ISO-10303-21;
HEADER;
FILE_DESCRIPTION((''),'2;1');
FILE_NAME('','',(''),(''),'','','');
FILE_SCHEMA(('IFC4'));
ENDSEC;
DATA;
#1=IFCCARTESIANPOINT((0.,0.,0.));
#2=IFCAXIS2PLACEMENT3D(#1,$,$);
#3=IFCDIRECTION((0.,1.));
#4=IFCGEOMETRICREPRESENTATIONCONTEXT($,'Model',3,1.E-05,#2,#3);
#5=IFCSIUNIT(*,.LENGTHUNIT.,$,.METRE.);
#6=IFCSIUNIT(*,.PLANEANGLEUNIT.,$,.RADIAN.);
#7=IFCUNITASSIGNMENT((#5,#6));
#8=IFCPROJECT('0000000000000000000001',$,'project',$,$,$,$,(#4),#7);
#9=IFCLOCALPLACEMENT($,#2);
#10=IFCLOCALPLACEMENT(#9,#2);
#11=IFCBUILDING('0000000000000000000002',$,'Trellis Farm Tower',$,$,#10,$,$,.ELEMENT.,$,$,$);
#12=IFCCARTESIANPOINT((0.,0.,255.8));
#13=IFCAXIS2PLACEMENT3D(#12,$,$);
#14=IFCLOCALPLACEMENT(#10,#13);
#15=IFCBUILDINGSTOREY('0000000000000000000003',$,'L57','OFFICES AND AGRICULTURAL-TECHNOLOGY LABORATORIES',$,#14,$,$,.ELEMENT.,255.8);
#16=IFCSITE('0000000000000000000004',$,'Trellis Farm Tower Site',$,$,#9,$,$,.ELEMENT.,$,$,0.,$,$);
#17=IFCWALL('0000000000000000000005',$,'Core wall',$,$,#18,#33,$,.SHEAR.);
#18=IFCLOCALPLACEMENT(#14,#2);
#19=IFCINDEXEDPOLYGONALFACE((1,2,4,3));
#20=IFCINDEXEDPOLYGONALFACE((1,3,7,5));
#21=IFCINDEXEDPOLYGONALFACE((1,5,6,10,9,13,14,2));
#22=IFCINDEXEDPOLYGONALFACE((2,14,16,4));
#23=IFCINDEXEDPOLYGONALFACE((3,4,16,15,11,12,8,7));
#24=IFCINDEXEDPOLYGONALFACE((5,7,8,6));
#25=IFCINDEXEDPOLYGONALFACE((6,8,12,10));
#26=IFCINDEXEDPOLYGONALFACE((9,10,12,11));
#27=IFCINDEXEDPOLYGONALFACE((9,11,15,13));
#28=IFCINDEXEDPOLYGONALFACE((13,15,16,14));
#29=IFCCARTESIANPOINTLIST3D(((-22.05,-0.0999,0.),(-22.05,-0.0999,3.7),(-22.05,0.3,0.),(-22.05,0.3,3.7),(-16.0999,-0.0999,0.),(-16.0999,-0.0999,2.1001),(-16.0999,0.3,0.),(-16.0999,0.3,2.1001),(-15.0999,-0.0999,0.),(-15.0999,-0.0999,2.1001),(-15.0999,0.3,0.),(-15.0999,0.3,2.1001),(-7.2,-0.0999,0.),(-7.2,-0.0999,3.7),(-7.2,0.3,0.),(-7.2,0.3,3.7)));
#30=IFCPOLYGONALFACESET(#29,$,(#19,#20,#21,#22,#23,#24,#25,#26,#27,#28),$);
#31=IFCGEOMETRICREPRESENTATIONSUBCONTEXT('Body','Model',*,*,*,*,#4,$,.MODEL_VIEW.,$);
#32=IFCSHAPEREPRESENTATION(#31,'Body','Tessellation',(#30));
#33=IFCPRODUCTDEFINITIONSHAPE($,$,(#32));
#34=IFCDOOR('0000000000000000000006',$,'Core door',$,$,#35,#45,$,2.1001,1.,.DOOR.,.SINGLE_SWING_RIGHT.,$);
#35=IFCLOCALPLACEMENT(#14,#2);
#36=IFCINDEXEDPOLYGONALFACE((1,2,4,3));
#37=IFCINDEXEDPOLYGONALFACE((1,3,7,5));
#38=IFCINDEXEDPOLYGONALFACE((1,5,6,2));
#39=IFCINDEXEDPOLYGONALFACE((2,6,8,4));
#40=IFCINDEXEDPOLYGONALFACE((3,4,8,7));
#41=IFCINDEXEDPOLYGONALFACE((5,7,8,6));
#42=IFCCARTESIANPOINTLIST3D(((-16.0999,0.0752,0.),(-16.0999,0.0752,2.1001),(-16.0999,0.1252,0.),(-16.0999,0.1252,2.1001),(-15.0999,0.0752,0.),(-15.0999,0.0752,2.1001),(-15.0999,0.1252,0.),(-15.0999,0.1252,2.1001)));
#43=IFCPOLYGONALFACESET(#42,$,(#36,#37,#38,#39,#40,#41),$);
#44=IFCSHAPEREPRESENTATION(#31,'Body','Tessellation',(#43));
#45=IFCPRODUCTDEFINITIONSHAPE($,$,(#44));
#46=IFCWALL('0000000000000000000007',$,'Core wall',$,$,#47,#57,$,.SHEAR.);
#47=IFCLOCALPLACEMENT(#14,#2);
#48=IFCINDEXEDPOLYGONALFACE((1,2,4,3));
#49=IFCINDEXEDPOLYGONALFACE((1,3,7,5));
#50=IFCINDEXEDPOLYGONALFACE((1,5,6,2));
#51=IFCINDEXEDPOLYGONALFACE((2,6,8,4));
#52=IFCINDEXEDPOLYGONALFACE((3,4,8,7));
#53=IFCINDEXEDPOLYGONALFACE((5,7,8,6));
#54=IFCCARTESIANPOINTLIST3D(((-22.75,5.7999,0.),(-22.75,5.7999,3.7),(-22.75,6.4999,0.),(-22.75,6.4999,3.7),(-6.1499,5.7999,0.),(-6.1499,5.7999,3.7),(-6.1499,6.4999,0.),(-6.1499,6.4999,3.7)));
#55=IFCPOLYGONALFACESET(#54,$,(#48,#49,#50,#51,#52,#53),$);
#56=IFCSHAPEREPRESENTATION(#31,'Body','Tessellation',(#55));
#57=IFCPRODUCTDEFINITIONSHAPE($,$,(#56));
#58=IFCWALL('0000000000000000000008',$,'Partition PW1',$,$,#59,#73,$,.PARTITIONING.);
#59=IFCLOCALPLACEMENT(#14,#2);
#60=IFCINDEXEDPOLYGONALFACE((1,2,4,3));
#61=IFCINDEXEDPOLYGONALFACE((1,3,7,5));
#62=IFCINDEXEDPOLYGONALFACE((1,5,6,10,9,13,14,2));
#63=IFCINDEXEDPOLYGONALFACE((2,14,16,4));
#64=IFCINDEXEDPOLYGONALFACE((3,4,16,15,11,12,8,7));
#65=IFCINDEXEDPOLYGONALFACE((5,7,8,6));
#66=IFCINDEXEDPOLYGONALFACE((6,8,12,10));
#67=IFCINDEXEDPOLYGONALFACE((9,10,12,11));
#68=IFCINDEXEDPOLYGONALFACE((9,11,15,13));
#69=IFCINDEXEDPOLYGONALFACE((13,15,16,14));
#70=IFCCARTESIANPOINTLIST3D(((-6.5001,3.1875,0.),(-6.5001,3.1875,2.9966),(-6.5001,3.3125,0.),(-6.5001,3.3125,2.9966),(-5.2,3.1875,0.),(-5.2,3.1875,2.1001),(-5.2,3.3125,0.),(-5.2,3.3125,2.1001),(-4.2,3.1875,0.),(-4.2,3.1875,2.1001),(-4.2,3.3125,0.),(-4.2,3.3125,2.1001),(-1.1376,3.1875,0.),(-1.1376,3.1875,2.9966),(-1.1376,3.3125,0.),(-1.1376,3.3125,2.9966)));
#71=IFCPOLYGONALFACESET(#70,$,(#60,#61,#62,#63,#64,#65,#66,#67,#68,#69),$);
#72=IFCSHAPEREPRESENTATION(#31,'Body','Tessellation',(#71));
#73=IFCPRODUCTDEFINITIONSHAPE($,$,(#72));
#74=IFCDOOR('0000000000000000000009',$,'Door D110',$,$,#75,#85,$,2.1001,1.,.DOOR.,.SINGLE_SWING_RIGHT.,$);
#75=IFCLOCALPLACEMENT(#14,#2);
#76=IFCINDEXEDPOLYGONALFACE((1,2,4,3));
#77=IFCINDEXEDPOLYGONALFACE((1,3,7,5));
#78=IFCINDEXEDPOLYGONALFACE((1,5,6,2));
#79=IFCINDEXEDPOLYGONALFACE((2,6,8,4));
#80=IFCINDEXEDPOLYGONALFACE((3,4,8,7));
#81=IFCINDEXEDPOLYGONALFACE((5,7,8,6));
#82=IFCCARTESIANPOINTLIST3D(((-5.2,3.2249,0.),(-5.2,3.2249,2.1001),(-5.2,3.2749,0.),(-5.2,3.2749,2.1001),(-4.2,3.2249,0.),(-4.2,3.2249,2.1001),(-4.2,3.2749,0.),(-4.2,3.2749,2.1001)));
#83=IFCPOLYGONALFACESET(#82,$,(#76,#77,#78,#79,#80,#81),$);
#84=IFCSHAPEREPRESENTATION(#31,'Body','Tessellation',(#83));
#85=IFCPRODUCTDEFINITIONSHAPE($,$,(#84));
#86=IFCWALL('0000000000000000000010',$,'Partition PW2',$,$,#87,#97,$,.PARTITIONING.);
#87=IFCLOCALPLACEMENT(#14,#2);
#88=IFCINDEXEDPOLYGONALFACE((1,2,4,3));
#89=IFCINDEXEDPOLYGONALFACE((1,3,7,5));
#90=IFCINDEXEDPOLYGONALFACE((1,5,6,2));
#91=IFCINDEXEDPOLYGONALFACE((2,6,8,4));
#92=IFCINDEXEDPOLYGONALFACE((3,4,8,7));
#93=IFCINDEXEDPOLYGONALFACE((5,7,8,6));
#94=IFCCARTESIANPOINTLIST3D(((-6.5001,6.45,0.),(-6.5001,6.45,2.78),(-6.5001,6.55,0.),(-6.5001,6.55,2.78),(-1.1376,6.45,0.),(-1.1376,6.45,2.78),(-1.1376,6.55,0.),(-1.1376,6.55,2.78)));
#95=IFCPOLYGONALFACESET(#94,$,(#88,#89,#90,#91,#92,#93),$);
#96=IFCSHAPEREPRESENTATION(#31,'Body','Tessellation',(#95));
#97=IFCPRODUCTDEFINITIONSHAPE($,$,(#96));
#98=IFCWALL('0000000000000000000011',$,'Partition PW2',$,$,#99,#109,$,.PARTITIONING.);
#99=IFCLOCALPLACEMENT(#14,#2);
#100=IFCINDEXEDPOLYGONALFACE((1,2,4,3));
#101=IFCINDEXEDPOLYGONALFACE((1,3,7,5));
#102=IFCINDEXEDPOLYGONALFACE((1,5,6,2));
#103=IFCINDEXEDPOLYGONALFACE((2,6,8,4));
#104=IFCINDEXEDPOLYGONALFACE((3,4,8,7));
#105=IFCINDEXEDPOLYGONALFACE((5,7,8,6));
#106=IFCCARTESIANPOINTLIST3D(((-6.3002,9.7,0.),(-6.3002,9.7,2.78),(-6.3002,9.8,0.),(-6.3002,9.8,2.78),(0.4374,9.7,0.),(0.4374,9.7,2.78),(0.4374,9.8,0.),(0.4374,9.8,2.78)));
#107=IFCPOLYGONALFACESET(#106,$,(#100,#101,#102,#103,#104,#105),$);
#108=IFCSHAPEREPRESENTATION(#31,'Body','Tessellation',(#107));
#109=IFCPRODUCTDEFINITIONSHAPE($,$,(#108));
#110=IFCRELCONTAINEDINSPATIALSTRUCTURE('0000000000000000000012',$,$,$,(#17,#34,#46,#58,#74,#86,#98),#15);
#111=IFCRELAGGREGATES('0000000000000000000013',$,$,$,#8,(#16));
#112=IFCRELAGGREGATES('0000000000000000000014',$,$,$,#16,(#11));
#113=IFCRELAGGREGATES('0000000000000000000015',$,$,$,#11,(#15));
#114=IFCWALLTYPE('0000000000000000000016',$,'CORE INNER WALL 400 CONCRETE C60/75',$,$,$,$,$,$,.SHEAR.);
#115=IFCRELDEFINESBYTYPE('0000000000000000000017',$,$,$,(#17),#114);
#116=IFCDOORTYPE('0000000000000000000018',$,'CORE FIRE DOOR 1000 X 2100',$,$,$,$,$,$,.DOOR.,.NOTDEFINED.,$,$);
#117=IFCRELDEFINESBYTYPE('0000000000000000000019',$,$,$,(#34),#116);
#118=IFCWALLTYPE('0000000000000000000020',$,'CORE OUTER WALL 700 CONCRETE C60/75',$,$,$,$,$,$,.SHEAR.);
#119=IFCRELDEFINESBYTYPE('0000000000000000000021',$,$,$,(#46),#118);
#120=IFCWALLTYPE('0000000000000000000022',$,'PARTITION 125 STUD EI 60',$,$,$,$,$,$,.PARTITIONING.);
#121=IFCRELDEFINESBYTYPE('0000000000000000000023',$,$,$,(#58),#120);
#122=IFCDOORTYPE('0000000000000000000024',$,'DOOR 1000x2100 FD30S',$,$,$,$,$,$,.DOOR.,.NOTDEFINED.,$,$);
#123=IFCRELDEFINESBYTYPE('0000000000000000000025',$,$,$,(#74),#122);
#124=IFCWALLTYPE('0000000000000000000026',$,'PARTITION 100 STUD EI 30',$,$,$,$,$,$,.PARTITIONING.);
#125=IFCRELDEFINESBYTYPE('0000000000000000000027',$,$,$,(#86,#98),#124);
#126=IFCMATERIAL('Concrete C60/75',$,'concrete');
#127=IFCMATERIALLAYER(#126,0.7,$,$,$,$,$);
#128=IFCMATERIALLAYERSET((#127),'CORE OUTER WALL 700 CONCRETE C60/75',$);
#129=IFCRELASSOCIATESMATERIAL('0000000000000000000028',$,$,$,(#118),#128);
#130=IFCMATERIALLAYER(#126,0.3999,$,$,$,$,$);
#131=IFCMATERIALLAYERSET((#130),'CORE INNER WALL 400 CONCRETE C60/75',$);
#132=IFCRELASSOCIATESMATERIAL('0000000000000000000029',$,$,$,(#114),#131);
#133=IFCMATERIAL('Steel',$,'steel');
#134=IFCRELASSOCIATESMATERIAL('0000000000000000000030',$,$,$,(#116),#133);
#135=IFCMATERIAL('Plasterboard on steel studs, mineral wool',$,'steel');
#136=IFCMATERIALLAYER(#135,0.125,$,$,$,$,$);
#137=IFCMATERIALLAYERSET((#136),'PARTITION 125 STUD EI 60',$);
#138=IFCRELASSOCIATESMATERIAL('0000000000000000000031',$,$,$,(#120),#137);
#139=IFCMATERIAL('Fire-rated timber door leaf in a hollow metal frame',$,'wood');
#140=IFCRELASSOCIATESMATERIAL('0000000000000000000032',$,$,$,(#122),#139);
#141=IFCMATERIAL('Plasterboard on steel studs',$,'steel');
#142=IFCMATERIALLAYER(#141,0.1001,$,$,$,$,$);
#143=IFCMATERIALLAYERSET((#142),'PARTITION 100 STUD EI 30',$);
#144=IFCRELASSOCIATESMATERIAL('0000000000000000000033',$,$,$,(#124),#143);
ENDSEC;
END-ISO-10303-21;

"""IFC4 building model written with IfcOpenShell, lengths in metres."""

from ifc_helpers import new_model, si_unit, direction, frame, frame_2d, origin, place, context, subcontext, project, spatial, rectangle, extrude, source, transform, mapped, material, layer, layer_set, type_object, element, fill, save


model = new_model("IFC4")

# Units and contexts
model_context = context("Model", 3, precision=1e-05, world=origin(), true_north=direction((0.0, 1.0)))
body_context = subcontext(model_context, "Body", "Model", "MODEL_VIEW")
ifc_project = project(units=[si_unit("LENGTHUNIT", "METRE"), si_unit("PLANEANGLEUNIT", "RADIAN")], contexts=[model_context])

# Site, building, storey
site_placement = place(None, origin())
site = spatial("IfcSite", under=ifc_project, at=site_placement, Name="Trellis Farm Tower Site", CompositionType="ELEMENT", RefElevation=0.0)
building_placement = place(site_placement, origin())
building = spatial("IfcBuilding", under=site, at=building_placement, Name="Trellis Farm Tower", CompositionType="ELEMENT")
storey_placement = place(building_placement, frame((0.0, 0.0, 255.8)))
storey = spatial("IfcBuildingStorey", under=building, at=storey_placement, Name="L57", Description="OFFICES AND AGRICULTURAL-TECHNOLOGY LABORATORIES", CompositionType="ELEMENT", Elevation=255.8)

# Shared definitions
ifc_material_1 = material(Name="Concrete C60/75", Category="concrete")

# Shared definitions
ifc_layer_1 = layer(ifc_material_1, 0.7)
ifc_layer_set_1 = layer_set([ifc_layer_1], Name="CORE OUTER WALL 700 CONCRETE C60/75")
wall_type_1 = type_object("IfcWallType", Name="CORE OUTER WALL 700 CONCRETE C60/75", PredefinedType="SHEAR", material=ifc_layer_set_1)
ifc_material_2 = material(Name="Steel", Category="steel")

# Shared definitions
ifc_layer_2 = layer(ifc_material_1, 0.3999)
ifc_layer_set_2 = layer_set([ifc_layer_2], Name="CORE INNER WALL 400 CONCRETE C60/75")
wall_type_2 = type_object("IfcWallType", Name="CORE INNER WALL 400 CONCRETE C60/75", PredefinedType="SHEAR", material=ifc_layer_set_2)
shared_shape_1 = source(origin(), body_context, "Body", "SweptSolid", [
    extrude(rectangle(XDim=1.0, YDim=2.1001, at=frame_2d((0.5, 1.05))), frame((0.0, 0.21, 0.0), z_axis=(0.0, -1.0, 0.0), x_axis=(1.0, 0.0, 0.0)), (0.0, 0.0, 1.0), 0.4199),
])
door_type_1 = type_object("IfcDoorType", Name="CORE FIRE DOOR 1000 X 2100", OperationType="NOTDEFINED", PredefinedType="DOOR", material=ifc_material_2)
shared_shape_2 = source(origin(), body_context, "Body", "SweptSolid", [
    extrude(rectangle(XDim=1.0, YDim=2.1001, at=frame_2d((0.5, 1.05))), frame((0.0, 0.0249, 0.0), z_axis=(0.0, -1.0, 0.0), x_axis=(1.0, 0.0, 0.0)), (0.0, 0.0, 1.0), 0.05),
])

# Wall, opening, door
shared_shape_3 = source(origin(), body_context, "Body", "SweptSolid", [
    extrude(rectangle(XDim=14.8501, YDim=0.3999, at=frame_2d((7.425, 0.0))), origin(), (0.0, 0.0, 1.0), 3.7),
])
wall_1_placement = place(storey_placement, frame((-7.2, 0.1001, 0.0), z_axis=(0.0, 0.0, 1.0), x_axis=(-1.0, 0.0, 0.0)))
wall_1 = element("IfcWall", 1, at=wall_1_placement, inside=storey, type_object=wall_type_2, Name="Core wall", PredefinedType="SHEAR", context=body_context, shape_type="MappedRepresentation", body=[
    mapped(shared_shape_3, transform((0.0, 0.0, 0.0))),
])
opening_1_placement = place(wall_1_placement, frame((7.8999, 0.0, 0.0)))
opening_1 = element("IfcOpeningElement", 2, at=opening_1_placement, cuts=wall_1, PredefinedType="OPENING", context=body_context, shape_type="MappedRepresentation", body=[
    mapped(shared_shape_1, transform((0.0, 0.0, 0.0))),
])
door_1_placement = place(opening_1_placement, origin())
door_1 = element("IfcDoor", 3, at=door_1_placement, inside=storey, type_object=door_type_1, Name="Core door", OperationType="SINGLE_SWING_RIGHT", OverallHeight=2.1001, OverallWidth=1.0, PredefinedType="DOOR", context=body_context, shape_type="MappedRepresentation", body=[
    mapped(shared_shape_2, transform((0.0, 0.0, 0.0))),
])
fill(opening_1, door_1)

# Wall
shared_shape_4 = source(origin(), body_context, "Body", "SweptSolid", [
    extrude(rectangle(XDim=16.6001, YDim=0.7, at=frame_2d((8.3, 0.0))), origin(), (0.0, 0.0, 1.0), 3.7),
])
wall_2_placement = place(storey_placement, frame((-6.1499, 6.1499, 0.0), z_axis=(0.0, 0.0, 1.0), x_axis=(-1.0, 0.0, 0.0)))
element("IfcWall", 4, at=wall_2_placement, inside=storey, type_object=wall_type_1, Name="Core wall", PredefinedType="SHEAR", context=body_context, shape_type="MappedRepresentation", body=[
    mapped(shared_shape_4, transform((0.0, 0.0, 0.0))),
])

# Wall, opening, door
ifc_material_3 = material(Name="Plasterboard on steel studs, mineral wool", Category="steel")
ifc_layer_3 = layer(ifc_material_3, 0.125)
ifc_layer_set_3 = layer_set([ifc_layer_3], Name="PARTITION 125 STUD EI 60")
wall_type_3 = type_object("IfcWallType", Name="PARTITION 125 STUD EI 60", PredefinedType="PARTITIONING", material=ifc_layer_set_3)
shared_shape_5 = source(origin(), body_context, "Body", "SweptSolid", [
    extrude(rectangle(XDim=5.3625, YDim=0.125, at=frame_2d((2.6812, 0.0))), origin(), (0.0, 0.0, 1.0), 2.9966),
])
wall_3_placement = place(storey_placement, frame((-6.5, 3.25, 0.0), z_axis=(0.0, 0.0, 1.0), x_axis=(1.0, 0.0, 0.0)))
wall_3 = element("IfcWall", 5, at=wall_3_placement, inside=storey, type_object=wall_type_3, Name="Partition PW1", PredefinedType="PARTITIONING", context=body_context, shape_type="MappedRepresentation", body=[
    mapped(shared_shape_5, transform((0.0, 0.0, 0.0))),
])
shared_shape_6 = source(origin(), body_context, "Body", "SweptSolid", [
    extrude(rectangle(XDim=1.0, YDim=2.1001, at=frame_2d((0.5, 1.05))), frame((0.0, 0.0725, 0.0), z_axis=(0.0, -1.0, 0.0), x_axis=(1.0, 0.0, 0.0)), (0.0, 0.0, 1.0), 0.145),
])
opening_2_placement = place(wall_3_placement, frame((1.3, 0.0, 0.0)))
opening_2 = element("IfcOpeningElement", 6, at=opening_2_placement, cuts=wall_3, PredefinedType="OPENING", context=body_context, shape_type="MappedRepresentation", body=[
    mapped(shared_shape_6, transform((0.0, 0.0, 0.0))),
])
ifc_material_4 = material(Name="Fire-rated timber door leaf in a hollow metal frame", Category="wood")
door_type_2 = type_object("IfcDoorType", Name="DOOR 1000x2100 FD30S", OperationType="NOTDEFINED", PredefinedType="DOOR", material=ifc_material_4)
door_2_placement = place(opening_2_placement, origin())
door_2 = element("IfcDoor", 7, at=door_2_placement, inside=storey, type_object=door_type_2, Name="Door D110", OperationType="SINGLE_SWING_RIGHT", OverallHeight=2.1001, OverallWidth=1.0, PredefinedType="DOOR", context=body_context, shape_type="MappedRepresentation", body=[
    mapped(shared_shape_2, transform((0.0, 0.0, 0.0))),
])
fill(opening_2, door_2)

# Walls
ifc_material_5 = material(Name="Plasterboard on steel studs", Category="steel")
ifc_layer_4 = layer(ifc_material_5, 0.1001)
ifc_layer_set_4 = layer_set([ifc_layer_4], Name="PARTITION 100 STUD EI 30")
wall_type_4 = type_object("IfcWallType", Name="PARTITION 100 STUD EI 30", PredefinedType="PARTITIONING", material=ifc_layer_set_4)
shared_shape_7 = source(origin(), body_context, "Body", "SweptSolid", [
    extrude(rectangle(XDim=5.3625, YDim=0.1001, at=frame_2d((2.6812, 0.0))), origin(), (0.0, 0.0, 1.0), 2.78),
])
wall_4_placement = place(storey_placement, frame((-6.5, 6.5, 0.0), z_axis=(0.0, 0.0, 1.0), x_axis=(1.0, 0.0, 0.0)))
element("IfcWall", 8, at=wall_4_placement, inside=storey, type_object=wall_type_4, Name="Partition PW2", PredefinedType="PARTITIONING", context=body_context, shape_type="MappedRepresentation", body=[
    mapped(shared_shape_7, transform((0.0, 0.0, 0.0))),
])
shared_shape_8 = source(origin(), body_context, "Body", "SweptSolid", [
    extrude(rectangle(XDim=6.7375, YDim=0.1001, at=frame_2d((3.3687, 0.0))), origin(), (0.0, 0.0, 1.0), 2.78),
])
wall_5_placement = place(storey_placement, frame((-6.3, 9.75, 0.0), z_axis=(0.0, 0.0, 1.0), x_axis=(1.0, 0.0, 0.0)))
element("IfcWall", 9, at=wall_5_placement, inside=storey, type_object=wall_type_4, Name="Partition PW2", PredefinedType="PARTITIONING", context=body_context, shape_type="MappedRepresentation", body=[
    mapped(shared_shape_8, transform((0.0, 0.0, 0.0))),
])

save(model, "model.ifc")
